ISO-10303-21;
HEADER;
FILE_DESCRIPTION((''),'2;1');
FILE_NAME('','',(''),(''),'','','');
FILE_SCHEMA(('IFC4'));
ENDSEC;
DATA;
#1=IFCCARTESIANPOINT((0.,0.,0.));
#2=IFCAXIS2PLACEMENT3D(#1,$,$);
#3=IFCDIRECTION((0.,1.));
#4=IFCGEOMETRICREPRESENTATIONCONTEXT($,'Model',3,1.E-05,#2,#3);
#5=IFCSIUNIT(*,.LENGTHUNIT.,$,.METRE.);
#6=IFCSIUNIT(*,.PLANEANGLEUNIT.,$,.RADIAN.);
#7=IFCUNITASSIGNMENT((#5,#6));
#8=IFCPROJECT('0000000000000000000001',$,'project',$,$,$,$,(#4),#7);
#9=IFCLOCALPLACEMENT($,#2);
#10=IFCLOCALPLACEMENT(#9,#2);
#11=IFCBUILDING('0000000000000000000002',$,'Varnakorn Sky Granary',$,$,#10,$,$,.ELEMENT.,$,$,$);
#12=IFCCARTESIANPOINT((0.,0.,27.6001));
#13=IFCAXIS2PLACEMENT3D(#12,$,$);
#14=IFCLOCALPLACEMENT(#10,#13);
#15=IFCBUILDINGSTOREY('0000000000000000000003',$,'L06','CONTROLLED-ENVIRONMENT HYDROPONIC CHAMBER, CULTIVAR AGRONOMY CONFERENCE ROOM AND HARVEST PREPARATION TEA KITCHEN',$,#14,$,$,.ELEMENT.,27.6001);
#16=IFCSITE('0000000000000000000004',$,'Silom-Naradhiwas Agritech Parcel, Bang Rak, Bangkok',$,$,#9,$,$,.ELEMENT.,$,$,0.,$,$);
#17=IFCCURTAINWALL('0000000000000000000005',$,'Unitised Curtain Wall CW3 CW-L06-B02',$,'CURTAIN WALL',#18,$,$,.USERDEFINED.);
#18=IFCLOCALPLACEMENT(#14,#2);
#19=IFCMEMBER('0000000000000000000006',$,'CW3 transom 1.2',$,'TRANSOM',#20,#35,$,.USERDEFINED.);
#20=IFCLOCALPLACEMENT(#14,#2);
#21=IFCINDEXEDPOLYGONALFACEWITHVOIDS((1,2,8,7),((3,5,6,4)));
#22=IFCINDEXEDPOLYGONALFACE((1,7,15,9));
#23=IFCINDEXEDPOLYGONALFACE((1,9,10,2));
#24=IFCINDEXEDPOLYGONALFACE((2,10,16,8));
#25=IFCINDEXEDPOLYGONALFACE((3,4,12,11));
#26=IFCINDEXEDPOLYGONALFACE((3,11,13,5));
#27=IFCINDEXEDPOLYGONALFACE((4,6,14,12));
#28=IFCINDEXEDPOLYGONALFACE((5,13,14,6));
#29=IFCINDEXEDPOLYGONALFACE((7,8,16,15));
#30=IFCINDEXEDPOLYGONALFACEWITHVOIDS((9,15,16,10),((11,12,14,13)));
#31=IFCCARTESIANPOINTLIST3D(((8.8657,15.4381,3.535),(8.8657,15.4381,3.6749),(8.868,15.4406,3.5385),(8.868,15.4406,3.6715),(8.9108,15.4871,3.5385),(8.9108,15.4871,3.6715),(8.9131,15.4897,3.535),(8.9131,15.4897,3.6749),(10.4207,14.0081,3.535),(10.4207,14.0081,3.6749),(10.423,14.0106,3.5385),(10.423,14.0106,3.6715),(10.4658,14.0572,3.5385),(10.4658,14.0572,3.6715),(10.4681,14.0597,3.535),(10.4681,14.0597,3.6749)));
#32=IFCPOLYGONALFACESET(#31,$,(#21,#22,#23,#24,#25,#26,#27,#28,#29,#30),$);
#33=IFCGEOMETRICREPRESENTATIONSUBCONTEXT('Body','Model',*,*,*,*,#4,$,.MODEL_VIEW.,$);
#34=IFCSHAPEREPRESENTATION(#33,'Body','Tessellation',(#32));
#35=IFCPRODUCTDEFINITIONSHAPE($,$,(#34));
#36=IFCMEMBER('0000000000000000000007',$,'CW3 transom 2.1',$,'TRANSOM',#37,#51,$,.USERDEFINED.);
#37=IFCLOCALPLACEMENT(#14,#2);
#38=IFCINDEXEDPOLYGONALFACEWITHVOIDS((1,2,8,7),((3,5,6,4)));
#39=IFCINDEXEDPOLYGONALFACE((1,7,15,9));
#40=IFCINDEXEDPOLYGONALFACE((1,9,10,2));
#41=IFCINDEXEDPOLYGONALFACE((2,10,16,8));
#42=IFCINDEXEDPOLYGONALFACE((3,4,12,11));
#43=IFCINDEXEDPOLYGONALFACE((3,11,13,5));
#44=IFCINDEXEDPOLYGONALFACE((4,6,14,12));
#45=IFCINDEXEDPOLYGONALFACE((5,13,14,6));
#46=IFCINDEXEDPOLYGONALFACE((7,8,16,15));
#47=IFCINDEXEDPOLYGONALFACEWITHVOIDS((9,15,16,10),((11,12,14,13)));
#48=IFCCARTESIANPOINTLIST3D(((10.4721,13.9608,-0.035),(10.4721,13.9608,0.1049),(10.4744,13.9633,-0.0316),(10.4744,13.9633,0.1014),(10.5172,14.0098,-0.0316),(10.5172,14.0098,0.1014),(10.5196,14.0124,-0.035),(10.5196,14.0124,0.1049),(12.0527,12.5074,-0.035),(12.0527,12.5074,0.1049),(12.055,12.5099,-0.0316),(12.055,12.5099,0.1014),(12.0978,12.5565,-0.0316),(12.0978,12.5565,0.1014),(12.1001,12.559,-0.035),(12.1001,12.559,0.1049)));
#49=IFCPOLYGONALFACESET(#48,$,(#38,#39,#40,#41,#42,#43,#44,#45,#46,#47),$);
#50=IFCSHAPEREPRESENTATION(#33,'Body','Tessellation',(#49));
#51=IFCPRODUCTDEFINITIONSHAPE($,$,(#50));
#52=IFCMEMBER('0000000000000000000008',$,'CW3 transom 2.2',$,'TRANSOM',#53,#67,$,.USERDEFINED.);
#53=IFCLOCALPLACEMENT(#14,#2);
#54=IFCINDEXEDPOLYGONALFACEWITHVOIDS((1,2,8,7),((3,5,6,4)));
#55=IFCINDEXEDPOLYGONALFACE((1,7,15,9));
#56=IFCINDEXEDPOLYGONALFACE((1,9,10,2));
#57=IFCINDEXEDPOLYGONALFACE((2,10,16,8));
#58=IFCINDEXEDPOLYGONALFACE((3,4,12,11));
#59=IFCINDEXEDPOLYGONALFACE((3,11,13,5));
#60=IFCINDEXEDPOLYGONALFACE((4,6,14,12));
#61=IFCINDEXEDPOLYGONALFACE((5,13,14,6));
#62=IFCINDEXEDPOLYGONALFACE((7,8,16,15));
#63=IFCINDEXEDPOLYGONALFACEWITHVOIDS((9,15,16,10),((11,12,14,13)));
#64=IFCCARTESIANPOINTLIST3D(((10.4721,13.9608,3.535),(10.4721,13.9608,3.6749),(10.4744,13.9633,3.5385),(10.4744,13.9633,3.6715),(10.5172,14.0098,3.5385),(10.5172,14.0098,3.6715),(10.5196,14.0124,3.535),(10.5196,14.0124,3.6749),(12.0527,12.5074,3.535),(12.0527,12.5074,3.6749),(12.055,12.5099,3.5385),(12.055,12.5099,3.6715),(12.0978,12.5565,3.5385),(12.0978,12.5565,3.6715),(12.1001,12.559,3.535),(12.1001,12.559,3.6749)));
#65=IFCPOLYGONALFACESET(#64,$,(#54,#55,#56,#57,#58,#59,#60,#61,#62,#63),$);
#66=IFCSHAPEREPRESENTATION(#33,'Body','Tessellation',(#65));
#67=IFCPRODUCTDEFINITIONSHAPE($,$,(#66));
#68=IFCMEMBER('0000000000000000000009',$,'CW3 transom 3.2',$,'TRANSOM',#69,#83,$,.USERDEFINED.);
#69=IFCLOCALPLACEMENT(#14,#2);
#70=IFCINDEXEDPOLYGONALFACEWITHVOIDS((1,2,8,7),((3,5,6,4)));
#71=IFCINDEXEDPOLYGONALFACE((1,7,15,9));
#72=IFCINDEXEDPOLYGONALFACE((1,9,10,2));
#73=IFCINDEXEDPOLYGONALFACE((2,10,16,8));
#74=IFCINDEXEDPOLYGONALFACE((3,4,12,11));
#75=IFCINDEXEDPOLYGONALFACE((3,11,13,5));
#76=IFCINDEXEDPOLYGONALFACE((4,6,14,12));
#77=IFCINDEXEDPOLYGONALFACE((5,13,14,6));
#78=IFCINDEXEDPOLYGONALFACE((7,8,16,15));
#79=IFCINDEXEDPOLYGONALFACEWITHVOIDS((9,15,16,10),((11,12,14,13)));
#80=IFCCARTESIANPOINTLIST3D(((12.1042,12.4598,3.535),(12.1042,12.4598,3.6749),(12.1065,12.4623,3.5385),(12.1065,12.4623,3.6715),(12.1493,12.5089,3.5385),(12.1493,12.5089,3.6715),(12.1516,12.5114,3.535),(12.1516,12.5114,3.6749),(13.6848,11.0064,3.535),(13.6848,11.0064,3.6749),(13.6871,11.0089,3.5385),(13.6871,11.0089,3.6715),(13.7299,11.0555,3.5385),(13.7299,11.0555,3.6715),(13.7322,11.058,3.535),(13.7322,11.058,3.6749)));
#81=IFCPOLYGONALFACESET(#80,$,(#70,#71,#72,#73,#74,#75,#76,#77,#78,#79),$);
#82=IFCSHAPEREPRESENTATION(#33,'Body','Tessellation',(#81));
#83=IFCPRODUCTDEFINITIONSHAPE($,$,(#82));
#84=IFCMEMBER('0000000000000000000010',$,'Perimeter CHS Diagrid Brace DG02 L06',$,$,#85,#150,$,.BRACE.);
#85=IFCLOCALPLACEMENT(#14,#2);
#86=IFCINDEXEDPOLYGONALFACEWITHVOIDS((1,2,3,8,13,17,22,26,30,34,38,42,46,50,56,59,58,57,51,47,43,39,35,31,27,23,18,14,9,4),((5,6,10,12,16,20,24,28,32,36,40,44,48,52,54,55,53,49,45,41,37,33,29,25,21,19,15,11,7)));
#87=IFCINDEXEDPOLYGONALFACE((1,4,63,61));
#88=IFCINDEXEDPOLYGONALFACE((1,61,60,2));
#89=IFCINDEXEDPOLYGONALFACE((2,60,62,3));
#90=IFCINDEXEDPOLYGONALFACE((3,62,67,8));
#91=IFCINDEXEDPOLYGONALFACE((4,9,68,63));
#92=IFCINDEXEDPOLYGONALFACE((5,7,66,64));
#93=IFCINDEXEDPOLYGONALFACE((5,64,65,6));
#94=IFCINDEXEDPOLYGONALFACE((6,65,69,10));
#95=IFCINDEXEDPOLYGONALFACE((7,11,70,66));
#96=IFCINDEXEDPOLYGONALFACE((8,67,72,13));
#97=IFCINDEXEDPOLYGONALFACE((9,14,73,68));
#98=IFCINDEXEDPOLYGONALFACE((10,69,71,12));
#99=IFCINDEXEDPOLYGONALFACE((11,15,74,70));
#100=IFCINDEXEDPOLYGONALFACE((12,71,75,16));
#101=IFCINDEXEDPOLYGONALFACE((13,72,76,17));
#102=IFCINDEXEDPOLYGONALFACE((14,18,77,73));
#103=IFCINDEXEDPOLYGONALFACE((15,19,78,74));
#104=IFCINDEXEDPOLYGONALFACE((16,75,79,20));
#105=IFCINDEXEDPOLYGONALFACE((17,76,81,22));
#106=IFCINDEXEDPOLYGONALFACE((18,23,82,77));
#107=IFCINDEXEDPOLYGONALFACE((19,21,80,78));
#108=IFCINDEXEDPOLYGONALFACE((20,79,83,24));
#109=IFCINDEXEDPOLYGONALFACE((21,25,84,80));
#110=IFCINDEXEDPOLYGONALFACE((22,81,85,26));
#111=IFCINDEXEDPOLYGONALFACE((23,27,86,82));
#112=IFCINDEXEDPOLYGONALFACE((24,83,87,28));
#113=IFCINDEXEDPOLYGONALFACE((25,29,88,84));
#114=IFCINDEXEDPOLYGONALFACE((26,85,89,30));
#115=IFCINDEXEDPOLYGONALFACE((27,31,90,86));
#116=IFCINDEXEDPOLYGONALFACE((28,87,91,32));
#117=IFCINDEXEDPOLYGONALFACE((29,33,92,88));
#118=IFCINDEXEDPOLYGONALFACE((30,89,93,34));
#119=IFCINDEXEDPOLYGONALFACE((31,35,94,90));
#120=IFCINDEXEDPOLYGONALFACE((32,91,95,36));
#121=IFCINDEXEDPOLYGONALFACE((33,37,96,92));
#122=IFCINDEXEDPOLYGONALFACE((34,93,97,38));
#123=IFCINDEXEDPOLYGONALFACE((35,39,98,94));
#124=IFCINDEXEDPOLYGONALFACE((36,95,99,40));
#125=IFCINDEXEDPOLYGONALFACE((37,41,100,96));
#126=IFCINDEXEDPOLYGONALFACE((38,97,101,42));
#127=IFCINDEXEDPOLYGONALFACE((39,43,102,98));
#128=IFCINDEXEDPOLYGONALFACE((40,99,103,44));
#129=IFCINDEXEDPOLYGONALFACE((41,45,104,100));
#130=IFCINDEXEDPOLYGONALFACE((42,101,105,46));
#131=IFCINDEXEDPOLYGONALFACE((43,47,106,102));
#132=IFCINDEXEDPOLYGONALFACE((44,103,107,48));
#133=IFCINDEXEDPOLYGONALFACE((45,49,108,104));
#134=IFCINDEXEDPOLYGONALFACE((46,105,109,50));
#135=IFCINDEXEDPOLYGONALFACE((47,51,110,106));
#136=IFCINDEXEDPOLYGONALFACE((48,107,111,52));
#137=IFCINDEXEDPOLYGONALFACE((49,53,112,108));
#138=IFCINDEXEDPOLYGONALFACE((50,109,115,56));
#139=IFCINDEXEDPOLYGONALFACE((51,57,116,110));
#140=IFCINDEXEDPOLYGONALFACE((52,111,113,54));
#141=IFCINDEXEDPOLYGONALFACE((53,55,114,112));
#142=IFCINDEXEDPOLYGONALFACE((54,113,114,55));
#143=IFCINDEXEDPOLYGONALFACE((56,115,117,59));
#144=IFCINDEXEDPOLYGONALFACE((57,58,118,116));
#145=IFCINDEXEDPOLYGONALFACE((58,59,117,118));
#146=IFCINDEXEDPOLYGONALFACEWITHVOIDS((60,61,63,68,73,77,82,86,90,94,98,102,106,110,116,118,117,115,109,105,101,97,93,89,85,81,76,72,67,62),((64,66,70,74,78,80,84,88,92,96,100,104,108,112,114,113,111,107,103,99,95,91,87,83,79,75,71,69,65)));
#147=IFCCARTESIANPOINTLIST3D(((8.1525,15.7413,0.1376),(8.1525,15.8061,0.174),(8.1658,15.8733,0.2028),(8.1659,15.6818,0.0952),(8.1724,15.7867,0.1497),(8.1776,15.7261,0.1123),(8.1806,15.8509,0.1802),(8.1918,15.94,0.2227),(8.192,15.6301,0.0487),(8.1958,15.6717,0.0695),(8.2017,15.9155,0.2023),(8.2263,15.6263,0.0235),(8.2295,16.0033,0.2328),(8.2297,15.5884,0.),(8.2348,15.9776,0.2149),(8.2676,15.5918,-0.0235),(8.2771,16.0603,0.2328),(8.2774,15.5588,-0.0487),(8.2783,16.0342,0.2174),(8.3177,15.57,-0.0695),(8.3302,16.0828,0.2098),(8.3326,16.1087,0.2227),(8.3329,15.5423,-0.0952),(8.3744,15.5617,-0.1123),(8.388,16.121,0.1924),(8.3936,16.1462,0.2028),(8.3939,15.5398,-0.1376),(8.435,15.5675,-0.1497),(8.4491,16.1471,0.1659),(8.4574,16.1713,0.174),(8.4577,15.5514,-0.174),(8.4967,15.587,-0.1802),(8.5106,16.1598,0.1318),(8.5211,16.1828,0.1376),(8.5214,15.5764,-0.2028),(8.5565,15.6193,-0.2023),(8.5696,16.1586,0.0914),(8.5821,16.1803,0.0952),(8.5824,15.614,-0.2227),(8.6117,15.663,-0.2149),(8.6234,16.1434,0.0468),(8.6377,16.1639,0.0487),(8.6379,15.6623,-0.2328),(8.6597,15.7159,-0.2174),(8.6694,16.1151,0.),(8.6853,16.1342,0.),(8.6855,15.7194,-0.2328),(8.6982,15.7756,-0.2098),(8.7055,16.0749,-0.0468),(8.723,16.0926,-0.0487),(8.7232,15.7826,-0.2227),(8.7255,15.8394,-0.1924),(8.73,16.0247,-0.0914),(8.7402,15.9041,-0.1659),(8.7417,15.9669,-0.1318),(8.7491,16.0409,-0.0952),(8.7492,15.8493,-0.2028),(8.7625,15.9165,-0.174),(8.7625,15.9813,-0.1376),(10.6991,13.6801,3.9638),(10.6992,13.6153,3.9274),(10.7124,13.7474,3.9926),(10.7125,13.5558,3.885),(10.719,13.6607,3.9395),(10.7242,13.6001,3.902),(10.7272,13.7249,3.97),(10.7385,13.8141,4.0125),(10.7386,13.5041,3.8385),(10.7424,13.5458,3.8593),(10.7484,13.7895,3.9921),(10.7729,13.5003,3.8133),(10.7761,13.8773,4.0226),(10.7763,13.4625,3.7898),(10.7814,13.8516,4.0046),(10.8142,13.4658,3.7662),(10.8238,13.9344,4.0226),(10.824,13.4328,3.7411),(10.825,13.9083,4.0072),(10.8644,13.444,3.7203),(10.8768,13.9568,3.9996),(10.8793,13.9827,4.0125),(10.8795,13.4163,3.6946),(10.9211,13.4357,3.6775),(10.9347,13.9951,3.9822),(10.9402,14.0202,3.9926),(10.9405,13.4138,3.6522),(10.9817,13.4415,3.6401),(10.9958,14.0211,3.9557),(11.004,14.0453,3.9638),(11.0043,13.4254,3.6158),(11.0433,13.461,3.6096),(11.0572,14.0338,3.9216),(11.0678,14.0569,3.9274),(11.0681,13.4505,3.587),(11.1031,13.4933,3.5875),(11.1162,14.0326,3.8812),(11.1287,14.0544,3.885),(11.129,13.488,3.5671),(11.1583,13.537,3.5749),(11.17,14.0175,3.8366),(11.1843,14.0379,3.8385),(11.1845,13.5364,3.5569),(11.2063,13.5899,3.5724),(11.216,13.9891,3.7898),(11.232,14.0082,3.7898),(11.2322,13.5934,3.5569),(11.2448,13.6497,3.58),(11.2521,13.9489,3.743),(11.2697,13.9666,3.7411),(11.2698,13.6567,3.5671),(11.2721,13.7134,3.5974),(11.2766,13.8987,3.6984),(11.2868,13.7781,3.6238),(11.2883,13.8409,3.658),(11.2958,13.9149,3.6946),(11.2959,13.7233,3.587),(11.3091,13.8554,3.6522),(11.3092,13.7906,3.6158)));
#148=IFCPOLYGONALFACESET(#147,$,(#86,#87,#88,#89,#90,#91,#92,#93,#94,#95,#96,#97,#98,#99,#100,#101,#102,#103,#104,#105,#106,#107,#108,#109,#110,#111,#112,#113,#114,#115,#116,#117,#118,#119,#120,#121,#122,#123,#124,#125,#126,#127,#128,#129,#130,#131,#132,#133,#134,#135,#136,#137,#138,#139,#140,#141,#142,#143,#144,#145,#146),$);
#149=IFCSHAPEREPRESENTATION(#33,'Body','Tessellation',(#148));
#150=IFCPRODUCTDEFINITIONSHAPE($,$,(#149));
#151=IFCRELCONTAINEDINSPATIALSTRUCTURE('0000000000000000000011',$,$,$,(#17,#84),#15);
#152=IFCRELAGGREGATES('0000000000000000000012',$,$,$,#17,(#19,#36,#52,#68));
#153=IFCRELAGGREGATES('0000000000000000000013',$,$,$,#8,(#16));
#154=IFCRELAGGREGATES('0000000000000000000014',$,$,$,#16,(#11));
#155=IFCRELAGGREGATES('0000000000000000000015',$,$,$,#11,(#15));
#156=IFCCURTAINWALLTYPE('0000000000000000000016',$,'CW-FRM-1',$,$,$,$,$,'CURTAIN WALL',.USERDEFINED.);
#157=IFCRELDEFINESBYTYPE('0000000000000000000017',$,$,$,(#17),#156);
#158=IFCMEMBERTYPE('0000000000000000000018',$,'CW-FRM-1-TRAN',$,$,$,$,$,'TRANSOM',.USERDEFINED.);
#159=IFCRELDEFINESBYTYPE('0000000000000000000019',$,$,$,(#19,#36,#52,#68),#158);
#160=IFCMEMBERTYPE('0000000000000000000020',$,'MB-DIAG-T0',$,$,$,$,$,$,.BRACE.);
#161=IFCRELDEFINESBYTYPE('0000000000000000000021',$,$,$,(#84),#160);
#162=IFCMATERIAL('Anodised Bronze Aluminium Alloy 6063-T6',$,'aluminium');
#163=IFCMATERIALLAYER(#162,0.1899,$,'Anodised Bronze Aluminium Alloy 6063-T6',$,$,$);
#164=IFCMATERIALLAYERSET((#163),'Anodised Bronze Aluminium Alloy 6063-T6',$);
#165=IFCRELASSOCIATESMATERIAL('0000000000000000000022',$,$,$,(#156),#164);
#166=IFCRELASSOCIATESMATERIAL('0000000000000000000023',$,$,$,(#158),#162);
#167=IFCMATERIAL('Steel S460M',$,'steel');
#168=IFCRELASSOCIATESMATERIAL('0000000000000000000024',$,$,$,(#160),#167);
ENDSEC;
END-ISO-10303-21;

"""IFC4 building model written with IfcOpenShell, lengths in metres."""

from ifc_helpers import new_model, si_unit, direction, frame, origin, origin_2d, place, context, subcontext, project, spatial, hollow_rectangle, hollow_circle, extrude, material, layer, layer_set, material_profile, profile_set, type_object, element, aggregate, save


model = new_model("IFC4")

# Units and contexts
model_context = context("Model", 3, precision=1e-05, world=origin(), true_north=direction((0.0, 1.0)))
body_context = subcontext(model_context, "Body", "Model", "MODEL_VIEW")
ifc_project = project(units=[si_unit("LENGTHUNIT", "METRE"), si_unit("PLANEANGLEUNIT", "RADIAN")], contexts=[model_context])

# Site, building, storey
site_placement = place(None, origin())
site = spatial("IfcSite", under=ifc_project, at=site_placement, Name="Silom-Naradhiwas Agritech Parcel, Bang Rak, Bangkok", CompositionType="ELEMENT", RefElevation=0.0)
building_placement = place(site_placement, origin())
building = spatial("IfcBuilding", under=site, at=building_placement, Name="Varnakorn Sky Granary", CompositionType="ELEMENT")
storey_placement = place(building_placement, frame((0.0, 0.0, 27.6001)))
storey = spatial("IfcBuildingStorey", under=building, at=storey_placement, Name="L06", Description="CONTROLLED-ENVIRONMENT HYDROPONIC CHAMBER, CULTIVAR AGRONOMY CONFERENCE ROOM AND HARVEST PREPARATION TEA KITCHEN", CompositionType="ELEMENT", Elevation=27.6001)

# Shared definitions
ifc_material_1 = material(Name="Steel S460M", Category="steel")

# Curtain wall, members
ifc_material_2 = material(Name="Anodised Bronze Aluminium Alloy 6063-T6", Category="aluminium")
ifc_layer_1 = layer(ifc_material_2, 0.1899, Name="Anodised Bronze Aluminium Alloy 6063-T6")
ifc_layer_set_1 = layer_set([ifc_layer_1], Name="Anodised Bronze Aluminium Alloy 6063-T6")
curtain_wall_type = type_object("IfcCurtainWallType", Name="CW-FRM-1", ElementType="CURTAIN WALL", PredefinedType="USERDEFINED", material=ifc_layer_set_1)
curtain_wall_placement = place(storey_placement, origin())
curtain_wall = element("IfcCurtainWall", 1, at=curtain_wall_placement, inside=storey, type_object=curtain_wall_type, Name="Unitised Curtain Wall CW3 CW-L06-B02", ObjectType="CURTAIN WALL", PredefinedType="USERDEFINED")
ifc_material_profile_1 = material_profile(ifc_material_2, hollow_rectangle(XDim=0.0701, YDim=0.1399, WallThickness=0.0034, at=origin_2d()), Name="ALU TRAN 70x140")
ifc_profile_set_1 = profile_set([ifc_material_profile_1], Name="Anodised Bronze Aluminium Alloy 6063-T6")
member_type_1 = type_object("IfcMemberType", Name="CW-FRM-1-TRAN", ElementType="TRANSOM", PredefinedType="USERDEFINED", material=ifc_profile_set_1)
member_1_placement = place(storey_placement, frame((8.8894, 15.4639, 3.605), z_axis=(0.736074, -0.676901, 0.0), x_axis=(0.676901, 0.736074, 0.0)))
member_1 = element("IfcMember", 2, at=member_1_placement, type_object=member_type_1, Name="CW3 transom 1.2", ObjectType="TRANSOM", PredefinedType="USERDEFINED", context=body_context, shape_type="SweptSolid", body=[
    extrude(hollow_rectangle(XDim=0.0701, YDim=0.1399, WallThickness=0.0034, at=origin_2d()), origin(), (0.0, 0.0, 1.0), 2.1125),
])
member_2_placement = place(storey_placement, frame((10.4958, 13.9866, 0.0349), z_axis=(0.736105, -0.676867, 0.0), x_axis=(0.676867, 0.736105, 0.0)))
member_2 = element("IfcMember", 3, at=member_2_placement, type_object=member_type_1, Name="CW3 transom 2.1", ObjectType="TRANSOM", PredefinedType="USERDEFINED", context=body_context, shape_type="SweptSolid", body=[
    extrude(hollow_rectangle(XDim=0.0701, YDim=0.1399, WallThickness=0.0034, at=origin_2d()), origin(), (0.0, 0.0, 1.0), 2.1472),
])
member_3_placement = place(storey_placement, frame((10.4958, 13.9866, 3.605), z_axis=(0.736105, -0.676867, 0.0), x_axis=(0.676867, 0.736105, 0.0)))
member_3 = element("IfcMember", 4, at=member_3_placement, type_object=member_type_1, Name="CW3 transom 2.2", ObjectType="TRANSOM", PredefinedType="USERDEFINED", context=body_context, shape_type="SweptSolid", body=[
    extrude(hollow_rectangle(XDim=0.0701, YDim=0.1399, WallThickness=0.0034, at=origin_2d()), origin(), (0.0, 0.0, 1.0), 2.1472),
])
member_4_placement = place(storey_placement, frame((12.1279, 12.4856, 3.605), z_axis=(0.736105, -0.676867, 0.0), x_axis=(0.676867, 0.736105, 0.0)))
member_4 = element("IfcMember", 5, at=member_4_placement, type_object=member_type_1, Name="CW3 transom 3.2", ObjectType="TRANSOM", PredefinedType="USERDEFINED", context=body_context, shape_type="SweptSolid", body=[
    extrude(hollow_rectangle(XDim=0.0701, YDim=0.1399, WallThickness=0.0034, at=origin_2d()), origin(), (0.0, 0.0, 1.0), 2.1472),
])

# Member
ifc_material_profile_2 = material_profile(ifc_material_1, hollow_circle(Radius=0.3555, WallThickness=0.0249, at=origin_2d()), Name="CHS 711x25")
ifc_profile_set_2 = profile_set([ifc_material_profile_2], Name="Steel S460M")
member_type_2 = type_object("IfcMemberType", Name="MB-DIAG-T0", PredefinedType="BRACE", material=ifc_profile_set_2)
member_5_placement = place(storey_placement, frame((8.4575, 15.8613, 0.0), z_axis=(0.505622, -0.422103, 0.752446), x_axis=(0.640857, 0.76766, 0.0)))
element("IfcMember", 6, at=member_5_placement, inside=storey, type_object=member_type_2, Name="Perimeter CHS Diagrid Brace DG02 L06", PredefinedType="BRACE", context=body_context, shape_type="SweptSolid", body=[
    extrude(hollow_circle(Radius=0.3555, WallThickness=0.0249, at=origin_2d()), origin(), (0.0, 0.0, 1.0), 5.0366),
])

aggregate(curtain_wall, [member_1, member_2, member_3, member_4])

save(model, "model.ifc")
